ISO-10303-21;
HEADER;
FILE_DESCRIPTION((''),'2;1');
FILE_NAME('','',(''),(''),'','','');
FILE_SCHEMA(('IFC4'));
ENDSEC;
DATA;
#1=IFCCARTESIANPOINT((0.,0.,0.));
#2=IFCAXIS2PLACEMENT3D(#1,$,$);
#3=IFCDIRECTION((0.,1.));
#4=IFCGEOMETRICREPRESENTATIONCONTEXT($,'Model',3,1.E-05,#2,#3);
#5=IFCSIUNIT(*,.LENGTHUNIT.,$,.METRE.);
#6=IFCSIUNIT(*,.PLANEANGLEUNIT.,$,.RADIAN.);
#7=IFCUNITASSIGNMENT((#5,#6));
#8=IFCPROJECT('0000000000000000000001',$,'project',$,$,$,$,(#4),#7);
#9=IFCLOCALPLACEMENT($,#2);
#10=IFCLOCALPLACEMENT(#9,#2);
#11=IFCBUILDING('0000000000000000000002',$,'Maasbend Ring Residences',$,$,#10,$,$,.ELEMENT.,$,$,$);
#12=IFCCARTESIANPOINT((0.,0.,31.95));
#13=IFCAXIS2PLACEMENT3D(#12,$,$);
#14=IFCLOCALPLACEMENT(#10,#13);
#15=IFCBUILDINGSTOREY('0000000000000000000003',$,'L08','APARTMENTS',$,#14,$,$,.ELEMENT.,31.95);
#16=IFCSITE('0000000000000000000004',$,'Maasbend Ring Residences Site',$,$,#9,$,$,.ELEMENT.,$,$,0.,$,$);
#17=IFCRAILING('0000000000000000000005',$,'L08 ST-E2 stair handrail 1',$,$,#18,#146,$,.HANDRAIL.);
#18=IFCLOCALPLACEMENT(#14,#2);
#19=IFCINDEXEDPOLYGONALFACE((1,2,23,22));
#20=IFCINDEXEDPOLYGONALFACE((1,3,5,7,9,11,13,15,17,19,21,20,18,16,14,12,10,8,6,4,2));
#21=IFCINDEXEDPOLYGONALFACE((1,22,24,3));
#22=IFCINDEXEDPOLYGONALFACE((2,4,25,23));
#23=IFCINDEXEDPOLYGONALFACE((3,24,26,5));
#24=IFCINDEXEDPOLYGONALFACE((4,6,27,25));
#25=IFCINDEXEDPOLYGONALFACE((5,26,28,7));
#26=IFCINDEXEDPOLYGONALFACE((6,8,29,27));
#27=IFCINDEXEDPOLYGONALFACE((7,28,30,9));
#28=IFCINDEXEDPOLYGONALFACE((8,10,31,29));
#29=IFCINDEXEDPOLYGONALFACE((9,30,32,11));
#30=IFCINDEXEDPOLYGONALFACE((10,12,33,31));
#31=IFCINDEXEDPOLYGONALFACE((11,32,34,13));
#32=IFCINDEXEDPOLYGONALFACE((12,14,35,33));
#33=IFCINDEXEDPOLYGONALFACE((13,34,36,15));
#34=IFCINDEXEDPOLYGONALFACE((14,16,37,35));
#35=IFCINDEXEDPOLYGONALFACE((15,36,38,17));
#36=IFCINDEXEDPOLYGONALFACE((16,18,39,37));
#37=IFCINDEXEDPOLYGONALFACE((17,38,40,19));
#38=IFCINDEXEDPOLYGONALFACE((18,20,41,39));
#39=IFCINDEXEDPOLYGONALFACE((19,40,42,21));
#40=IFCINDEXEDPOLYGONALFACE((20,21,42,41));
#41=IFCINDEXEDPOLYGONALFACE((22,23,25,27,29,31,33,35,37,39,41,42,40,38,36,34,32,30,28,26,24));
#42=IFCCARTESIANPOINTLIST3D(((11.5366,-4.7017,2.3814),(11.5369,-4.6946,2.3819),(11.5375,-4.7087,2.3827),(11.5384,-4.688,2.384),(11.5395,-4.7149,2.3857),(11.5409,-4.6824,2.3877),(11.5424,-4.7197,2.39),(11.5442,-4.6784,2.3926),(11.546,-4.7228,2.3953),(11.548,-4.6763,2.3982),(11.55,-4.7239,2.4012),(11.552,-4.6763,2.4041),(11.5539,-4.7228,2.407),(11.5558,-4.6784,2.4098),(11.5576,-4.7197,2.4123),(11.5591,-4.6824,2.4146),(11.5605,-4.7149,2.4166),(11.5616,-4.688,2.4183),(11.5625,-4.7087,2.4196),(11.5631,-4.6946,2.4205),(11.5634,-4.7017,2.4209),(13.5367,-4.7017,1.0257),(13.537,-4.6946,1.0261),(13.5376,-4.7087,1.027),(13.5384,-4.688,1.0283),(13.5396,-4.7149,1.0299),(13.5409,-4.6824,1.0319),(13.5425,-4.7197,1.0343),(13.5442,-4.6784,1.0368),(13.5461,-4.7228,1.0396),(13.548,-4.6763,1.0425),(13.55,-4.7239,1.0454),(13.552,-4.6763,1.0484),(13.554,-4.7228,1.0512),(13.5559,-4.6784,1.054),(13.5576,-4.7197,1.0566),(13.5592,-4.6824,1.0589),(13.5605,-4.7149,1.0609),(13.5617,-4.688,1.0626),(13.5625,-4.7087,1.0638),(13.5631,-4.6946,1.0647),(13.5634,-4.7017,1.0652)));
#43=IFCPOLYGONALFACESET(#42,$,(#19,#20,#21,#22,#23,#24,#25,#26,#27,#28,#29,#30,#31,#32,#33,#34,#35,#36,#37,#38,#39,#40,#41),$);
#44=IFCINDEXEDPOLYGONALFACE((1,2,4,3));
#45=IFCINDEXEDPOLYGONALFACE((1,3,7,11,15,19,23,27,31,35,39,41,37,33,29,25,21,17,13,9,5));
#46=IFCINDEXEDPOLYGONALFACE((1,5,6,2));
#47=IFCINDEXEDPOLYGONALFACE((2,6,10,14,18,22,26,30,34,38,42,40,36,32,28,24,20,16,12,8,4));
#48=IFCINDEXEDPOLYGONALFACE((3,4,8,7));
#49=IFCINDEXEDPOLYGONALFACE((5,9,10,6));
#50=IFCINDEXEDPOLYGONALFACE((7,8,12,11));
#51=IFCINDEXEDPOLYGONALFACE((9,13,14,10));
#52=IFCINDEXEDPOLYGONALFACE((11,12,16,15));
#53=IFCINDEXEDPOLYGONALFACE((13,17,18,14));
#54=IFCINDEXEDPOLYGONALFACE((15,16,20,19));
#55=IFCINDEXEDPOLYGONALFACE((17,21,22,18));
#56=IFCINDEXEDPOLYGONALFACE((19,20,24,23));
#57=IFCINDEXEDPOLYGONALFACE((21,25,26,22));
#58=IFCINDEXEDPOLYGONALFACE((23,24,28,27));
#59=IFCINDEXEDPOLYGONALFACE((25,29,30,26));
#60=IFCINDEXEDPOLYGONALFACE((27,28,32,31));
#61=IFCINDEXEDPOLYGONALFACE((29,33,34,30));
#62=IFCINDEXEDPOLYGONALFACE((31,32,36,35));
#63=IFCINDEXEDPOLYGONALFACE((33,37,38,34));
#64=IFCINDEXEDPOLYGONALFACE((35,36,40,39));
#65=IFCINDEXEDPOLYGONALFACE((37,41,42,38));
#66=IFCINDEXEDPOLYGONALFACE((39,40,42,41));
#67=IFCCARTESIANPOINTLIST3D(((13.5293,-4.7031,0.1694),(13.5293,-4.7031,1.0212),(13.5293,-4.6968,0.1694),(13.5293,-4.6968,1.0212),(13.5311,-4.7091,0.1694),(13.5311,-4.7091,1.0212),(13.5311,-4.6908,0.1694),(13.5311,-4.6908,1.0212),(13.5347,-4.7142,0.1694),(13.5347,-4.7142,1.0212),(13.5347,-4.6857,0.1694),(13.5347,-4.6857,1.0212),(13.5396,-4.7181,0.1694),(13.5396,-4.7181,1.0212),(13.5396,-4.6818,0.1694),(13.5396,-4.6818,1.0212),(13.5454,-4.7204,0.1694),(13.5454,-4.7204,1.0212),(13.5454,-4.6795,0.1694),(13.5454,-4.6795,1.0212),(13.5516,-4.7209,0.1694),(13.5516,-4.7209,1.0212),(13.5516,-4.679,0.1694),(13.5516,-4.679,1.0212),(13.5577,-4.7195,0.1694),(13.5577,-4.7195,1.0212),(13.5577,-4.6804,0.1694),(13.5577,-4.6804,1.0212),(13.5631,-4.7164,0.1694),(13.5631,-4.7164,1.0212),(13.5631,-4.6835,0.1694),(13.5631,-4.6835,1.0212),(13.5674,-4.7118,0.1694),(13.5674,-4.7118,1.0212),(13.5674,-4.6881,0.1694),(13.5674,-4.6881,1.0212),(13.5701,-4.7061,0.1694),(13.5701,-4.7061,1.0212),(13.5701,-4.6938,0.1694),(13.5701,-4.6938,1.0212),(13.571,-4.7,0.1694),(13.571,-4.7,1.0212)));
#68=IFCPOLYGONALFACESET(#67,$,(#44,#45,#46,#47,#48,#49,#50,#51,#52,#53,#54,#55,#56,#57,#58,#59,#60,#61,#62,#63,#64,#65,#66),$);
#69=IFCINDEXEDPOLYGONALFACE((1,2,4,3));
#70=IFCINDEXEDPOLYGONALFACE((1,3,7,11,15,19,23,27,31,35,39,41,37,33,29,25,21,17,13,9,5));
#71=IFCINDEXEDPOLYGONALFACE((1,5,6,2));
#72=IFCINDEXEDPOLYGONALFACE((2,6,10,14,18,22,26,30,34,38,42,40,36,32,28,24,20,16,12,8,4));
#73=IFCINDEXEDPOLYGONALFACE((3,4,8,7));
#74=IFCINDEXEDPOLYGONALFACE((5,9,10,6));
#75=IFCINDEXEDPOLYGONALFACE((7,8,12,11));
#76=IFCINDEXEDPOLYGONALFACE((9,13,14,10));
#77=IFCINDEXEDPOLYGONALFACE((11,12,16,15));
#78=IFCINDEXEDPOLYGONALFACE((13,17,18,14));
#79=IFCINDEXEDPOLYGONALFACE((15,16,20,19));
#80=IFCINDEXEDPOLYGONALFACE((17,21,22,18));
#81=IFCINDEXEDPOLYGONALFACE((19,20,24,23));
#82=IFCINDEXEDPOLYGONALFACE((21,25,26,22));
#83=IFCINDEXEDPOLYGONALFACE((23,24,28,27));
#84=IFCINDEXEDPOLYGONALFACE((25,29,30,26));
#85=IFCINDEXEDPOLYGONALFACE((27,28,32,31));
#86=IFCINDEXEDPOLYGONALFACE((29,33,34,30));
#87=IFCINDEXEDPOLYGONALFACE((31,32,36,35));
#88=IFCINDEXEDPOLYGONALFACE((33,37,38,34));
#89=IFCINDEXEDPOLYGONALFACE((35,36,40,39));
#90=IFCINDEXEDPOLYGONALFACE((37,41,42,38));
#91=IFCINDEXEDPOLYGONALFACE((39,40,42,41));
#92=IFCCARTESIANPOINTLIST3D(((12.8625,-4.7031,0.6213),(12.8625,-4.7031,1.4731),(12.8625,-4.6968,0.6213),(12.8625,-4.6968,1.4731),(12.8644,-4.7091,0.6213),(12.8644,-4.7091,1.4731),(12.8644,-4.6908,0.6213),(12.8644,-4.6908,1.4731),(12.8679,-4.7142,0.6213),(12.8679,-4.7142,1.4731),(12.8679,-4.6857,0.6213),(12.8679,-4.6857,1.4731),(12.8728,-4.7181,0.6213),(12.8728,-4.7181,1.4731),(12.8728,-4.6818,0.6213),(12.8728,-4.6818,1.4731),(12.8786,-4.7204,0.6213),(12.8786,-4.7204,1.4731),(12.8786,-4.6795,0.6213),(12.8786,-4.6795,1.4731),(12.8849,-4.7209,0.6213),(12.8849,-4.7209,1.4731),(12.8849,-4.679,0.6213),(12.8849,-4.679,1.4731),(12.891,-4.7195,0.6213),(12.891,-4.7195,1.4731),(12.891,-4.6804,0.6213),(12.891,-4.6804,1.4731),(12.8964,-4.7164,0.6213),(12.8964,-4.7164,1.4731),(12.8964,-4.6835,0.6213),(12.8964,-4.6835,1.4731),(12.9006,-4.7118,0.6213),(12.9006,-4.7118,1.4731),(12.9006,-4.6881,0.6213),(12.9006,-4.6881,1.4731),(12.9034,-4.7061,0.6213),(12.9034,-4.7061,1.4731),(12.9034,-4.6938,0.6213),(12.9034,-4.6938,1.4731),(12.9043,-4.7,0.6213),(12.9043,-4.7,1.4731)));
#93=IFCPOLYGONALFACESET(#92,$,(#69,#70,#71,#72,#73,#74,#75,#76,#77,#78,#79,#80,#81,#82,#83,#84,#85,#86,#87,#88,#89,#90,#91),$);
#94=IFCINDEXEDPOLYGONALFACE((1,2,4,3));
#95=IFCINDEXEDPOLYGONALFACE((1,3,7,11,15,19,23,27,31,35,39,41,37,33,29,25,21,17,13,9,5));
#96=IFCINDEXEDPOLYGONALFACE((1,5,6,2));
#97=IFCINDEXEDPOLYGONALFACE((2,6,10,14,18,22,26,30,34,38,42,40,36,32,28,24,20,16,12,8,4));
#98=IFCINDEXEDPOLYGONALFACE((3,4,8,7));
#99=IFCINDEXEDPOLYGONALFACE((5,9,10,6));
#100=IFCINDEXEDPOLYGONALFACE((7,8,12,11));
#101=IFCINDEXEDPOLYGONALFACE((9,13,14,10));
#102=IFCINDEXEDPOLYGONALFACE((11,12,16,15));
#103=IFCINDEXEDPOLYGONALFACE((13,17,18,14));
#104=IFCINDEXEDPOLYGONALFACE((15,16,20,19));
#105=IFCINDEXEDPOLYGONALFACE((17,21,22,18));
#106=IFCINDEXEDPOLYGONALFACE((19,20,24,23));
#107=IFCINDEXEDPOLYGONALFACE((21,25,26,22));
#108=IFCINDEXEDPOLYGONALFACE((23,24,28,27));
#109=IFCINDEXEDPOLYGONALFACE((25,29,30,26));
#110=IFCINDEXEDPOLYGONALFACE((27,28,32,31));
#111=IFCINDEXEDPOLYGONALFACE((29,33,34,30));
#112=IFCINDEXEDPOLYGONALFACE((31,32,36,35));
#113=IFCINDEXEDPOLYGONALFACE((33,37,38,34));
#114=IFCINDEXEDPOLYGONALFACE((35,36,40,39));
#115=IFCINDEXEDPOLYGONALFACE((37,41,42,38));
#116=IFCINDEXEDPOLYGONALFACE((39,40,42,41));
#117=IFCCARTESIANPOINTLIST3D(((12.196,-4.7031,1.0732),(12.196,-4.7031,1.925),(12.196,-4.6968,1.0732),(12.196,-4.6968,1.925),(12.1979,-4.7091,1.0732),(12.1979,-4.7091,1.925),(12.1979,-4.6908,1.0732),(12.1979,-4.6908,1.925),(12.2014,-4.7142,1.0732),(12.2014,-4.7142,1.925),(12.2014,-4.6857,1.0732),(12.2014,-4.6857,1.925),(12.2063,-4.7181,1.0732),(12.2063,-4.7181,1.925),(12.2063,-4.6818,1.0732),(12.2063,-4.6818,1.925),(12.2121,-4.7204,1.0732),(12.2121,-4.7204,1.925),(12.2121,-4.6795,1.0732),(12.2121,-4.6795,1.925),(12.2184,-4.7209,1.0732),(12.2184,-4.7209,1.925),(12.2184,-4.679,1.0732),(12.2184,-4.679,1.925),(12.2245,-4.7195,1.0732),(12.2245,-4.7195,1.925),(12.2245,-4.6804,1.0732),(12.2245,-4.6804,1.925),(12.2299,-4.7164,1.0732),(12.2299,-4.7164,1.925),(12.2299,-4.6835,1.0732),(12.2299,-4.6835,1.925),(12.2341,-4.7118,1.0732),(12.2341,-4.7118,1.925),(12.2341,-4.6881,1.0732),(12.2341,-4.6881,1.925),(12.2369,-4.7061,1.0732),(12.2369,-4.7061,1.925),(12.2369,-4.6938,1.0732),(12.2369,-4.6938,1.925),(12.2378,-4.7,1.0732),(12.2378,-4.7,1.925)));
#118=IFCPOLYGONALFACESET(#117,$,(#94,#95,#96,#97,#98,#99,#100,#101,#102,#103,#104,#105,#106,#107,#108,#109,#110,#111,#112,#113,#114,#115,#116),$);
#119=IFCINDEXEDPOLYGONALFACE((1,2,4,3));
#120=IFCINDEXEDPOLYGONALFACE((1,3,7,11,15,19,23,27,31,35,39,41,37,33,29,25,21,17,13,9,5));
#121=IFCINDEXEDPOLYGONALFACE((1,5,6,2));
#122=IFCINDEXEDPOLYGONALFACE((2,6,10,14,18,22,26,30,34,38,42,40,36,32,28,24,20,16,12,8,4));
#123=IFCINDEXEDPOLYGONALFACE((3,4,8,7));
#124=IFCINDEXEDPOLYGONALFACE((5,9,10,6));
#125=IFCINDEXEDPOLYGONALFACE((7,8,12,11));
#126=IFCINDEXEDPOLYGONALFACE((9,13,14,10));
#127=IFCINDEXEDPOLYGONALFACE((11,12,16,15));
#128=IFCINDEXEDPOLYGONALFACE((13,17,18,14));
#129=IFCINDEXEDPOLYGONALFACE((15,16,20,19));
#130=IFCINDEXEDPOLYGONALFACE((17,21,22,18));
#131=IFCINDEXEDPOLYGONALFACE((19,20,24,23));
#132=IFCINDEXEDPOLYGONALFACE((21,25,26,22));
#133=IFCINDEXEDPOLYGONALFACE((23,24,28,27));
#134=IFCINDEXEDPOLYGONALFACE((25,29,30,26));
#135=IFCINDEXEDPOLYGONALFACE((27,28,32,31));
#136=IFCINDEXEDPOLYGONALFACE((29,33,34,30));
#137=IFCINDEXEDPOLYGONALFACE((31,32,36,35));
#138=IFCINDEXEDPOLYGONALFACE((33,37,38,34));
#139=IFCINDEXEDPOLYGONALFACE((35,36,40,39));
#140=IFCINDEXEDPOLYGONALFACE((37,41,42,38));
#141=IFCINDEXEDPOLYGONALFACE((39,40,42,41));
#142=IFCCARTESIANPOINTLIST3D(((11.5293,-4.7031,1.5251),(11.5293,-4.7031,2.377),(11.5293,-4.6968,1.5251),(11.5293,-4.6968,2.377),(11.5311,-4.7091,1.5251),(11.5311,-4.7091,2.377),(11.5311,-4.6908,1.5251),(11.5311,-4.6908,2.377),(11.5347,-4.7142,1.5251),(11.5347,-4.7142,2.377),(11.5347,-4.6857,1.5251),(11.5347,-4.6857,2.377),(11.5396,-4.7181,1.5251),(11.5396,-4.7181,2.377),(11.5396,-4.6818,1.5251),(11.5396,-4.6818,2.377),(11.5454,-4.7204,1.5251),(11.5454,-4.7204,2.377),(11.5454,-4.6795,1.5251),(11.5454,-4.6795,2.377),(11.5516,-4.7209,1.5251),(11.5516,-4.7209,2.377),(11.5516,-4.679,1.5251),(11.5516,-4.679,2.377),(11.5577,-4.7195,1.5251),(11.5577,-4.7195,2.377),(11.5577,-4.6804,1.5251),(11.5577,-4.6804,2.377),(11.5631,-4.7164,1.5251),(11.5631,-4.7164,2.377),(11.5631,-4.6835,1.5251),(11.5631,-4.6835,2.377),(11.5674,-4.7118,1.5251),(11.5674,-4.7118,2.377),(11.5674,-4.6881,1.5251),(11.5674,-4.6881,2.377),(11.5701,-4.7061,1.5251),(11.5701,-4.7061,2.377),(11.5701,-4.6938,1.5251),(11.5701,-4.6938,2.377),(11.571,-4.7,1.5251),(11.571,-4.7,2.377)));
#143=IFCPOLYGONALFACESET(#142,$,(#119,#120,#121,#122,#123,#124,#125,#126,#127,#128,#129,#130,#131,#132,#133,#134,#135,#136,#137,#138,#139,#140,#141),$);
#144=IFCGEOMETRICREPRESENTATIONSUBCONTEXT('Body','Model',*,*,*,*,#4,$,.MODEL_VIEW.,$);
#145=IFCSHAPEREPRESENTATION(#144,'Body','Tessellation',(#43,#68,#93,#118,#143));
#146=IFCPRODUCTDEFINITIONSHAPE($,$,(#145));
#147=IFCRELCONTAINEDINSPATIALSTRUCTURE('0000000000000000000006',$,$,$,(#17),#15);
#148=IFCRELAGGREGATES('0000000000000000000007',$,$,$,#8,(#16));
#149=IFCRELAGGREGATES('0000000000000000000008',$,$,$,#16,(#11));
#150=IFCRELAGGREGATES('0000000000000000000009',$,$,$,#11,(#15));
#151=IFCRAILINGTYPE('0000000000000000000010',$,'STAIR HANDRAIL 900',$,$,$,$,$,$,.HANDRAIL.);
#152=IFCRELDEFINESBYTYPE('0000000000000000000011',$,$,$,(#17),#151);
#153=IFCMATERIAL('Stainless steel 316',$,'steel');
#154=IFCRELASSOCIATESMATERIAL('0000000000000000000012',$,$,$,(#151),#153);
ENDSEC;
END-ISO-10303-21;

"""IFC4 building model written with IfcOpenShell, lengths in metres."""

from ifc_helpers import new_model, si_unit, direction, frame, origin, origin_2d, place, context, subcontext, project, spatial, circle, extrude, material, type_object, element, save


model = new_model("IFC4")

# Units and contexts
model_context = context("Model", 3, precision=1e-05, world=origin(), true_north=direction((0.0, 1.0)))
body_context = subcontext(model_context, "Body", "Model", "MODEL_VIEW")
ifc_project = project(units=[si_unit("LENGTHUNIT", "METRE"), si_unit("PLANEANGLEUNIT", "RADIAN")], contexts=[model_context])

# Site, building, storey
site_placement = place(None, origin())
site = spatial("IfcSite", under=ifc_project, at=site_placement, Name="Maasbend Ring Residences Site", CompositionType="ELEMENT", RefElevation=0.0)
building_placement = place(site_placement, origin())
building = spatial("IfcBuilding", under=site, at=building_placement, Name="Maasbend Ring Residences", CompositionType="ELEMENT")
storey_placement = place(building_placement, frame((0.0, 0.0, 31.95)))
storey = spatial("IfcBuildingStorey", under=building, at=storey_placement, Name="L08", Description="APARTMENTS", CompositionType="ELEMENT", Elevation=31.95)

# Railing
ifc_material_1 = material(Name="Stainless steel 316", Category="steel")
railing_type_1 = type_object("IfcRailingType", Name="STAIR HANDRAIL 900", PredefinedType="HANDRAIL", material=ifc_material_1)
railing_1_placement = place(storey_placement, frame((13.55, -4.7, 0.1694)))
element("IfcRailing", 1, at=railing_1_placement, inside=storey, type_object=railing_type_1, Name="L08 ST-E2 stair handrail 1", PredefinedType="HANDRAIL", context=body_context, shape_type="SweptSolid", body=[
    extrude(circle(Radius=0.0239, at=origin_2d()), frame((0.0, 0.0, 0.876), z_axis=(-0.827751, 0.0, 0.561096), x_axis=(0.0, -1.0, 0.0)), (0.0, 0.0, 1.0), 2.4163),
    extrude(circle(Radius=0.021, at=origin_2d()), origin(), (0.0, 0.0, 1.0), 0.8518),
    extrude(circle(Radius=0.021, at=origin_2d()), frame((-0.6667, 0.0, 0.4519)), (0.0, 0.0, 1.0), 0.8518),
    extrude(circle(Radius=0.021, at=origin_2d()), frame((-1.3333, 0.0, 0.9038)), (0.0, 0.0, 1.0), 0.8518),
    extrude(circle(Radius=0.021, at=origin_2d()), frame((-2.0, 0.0, 1.3557)), (0.0, 0.0, 1.0), 0.8518),
])

save(model, "model.ifc")
